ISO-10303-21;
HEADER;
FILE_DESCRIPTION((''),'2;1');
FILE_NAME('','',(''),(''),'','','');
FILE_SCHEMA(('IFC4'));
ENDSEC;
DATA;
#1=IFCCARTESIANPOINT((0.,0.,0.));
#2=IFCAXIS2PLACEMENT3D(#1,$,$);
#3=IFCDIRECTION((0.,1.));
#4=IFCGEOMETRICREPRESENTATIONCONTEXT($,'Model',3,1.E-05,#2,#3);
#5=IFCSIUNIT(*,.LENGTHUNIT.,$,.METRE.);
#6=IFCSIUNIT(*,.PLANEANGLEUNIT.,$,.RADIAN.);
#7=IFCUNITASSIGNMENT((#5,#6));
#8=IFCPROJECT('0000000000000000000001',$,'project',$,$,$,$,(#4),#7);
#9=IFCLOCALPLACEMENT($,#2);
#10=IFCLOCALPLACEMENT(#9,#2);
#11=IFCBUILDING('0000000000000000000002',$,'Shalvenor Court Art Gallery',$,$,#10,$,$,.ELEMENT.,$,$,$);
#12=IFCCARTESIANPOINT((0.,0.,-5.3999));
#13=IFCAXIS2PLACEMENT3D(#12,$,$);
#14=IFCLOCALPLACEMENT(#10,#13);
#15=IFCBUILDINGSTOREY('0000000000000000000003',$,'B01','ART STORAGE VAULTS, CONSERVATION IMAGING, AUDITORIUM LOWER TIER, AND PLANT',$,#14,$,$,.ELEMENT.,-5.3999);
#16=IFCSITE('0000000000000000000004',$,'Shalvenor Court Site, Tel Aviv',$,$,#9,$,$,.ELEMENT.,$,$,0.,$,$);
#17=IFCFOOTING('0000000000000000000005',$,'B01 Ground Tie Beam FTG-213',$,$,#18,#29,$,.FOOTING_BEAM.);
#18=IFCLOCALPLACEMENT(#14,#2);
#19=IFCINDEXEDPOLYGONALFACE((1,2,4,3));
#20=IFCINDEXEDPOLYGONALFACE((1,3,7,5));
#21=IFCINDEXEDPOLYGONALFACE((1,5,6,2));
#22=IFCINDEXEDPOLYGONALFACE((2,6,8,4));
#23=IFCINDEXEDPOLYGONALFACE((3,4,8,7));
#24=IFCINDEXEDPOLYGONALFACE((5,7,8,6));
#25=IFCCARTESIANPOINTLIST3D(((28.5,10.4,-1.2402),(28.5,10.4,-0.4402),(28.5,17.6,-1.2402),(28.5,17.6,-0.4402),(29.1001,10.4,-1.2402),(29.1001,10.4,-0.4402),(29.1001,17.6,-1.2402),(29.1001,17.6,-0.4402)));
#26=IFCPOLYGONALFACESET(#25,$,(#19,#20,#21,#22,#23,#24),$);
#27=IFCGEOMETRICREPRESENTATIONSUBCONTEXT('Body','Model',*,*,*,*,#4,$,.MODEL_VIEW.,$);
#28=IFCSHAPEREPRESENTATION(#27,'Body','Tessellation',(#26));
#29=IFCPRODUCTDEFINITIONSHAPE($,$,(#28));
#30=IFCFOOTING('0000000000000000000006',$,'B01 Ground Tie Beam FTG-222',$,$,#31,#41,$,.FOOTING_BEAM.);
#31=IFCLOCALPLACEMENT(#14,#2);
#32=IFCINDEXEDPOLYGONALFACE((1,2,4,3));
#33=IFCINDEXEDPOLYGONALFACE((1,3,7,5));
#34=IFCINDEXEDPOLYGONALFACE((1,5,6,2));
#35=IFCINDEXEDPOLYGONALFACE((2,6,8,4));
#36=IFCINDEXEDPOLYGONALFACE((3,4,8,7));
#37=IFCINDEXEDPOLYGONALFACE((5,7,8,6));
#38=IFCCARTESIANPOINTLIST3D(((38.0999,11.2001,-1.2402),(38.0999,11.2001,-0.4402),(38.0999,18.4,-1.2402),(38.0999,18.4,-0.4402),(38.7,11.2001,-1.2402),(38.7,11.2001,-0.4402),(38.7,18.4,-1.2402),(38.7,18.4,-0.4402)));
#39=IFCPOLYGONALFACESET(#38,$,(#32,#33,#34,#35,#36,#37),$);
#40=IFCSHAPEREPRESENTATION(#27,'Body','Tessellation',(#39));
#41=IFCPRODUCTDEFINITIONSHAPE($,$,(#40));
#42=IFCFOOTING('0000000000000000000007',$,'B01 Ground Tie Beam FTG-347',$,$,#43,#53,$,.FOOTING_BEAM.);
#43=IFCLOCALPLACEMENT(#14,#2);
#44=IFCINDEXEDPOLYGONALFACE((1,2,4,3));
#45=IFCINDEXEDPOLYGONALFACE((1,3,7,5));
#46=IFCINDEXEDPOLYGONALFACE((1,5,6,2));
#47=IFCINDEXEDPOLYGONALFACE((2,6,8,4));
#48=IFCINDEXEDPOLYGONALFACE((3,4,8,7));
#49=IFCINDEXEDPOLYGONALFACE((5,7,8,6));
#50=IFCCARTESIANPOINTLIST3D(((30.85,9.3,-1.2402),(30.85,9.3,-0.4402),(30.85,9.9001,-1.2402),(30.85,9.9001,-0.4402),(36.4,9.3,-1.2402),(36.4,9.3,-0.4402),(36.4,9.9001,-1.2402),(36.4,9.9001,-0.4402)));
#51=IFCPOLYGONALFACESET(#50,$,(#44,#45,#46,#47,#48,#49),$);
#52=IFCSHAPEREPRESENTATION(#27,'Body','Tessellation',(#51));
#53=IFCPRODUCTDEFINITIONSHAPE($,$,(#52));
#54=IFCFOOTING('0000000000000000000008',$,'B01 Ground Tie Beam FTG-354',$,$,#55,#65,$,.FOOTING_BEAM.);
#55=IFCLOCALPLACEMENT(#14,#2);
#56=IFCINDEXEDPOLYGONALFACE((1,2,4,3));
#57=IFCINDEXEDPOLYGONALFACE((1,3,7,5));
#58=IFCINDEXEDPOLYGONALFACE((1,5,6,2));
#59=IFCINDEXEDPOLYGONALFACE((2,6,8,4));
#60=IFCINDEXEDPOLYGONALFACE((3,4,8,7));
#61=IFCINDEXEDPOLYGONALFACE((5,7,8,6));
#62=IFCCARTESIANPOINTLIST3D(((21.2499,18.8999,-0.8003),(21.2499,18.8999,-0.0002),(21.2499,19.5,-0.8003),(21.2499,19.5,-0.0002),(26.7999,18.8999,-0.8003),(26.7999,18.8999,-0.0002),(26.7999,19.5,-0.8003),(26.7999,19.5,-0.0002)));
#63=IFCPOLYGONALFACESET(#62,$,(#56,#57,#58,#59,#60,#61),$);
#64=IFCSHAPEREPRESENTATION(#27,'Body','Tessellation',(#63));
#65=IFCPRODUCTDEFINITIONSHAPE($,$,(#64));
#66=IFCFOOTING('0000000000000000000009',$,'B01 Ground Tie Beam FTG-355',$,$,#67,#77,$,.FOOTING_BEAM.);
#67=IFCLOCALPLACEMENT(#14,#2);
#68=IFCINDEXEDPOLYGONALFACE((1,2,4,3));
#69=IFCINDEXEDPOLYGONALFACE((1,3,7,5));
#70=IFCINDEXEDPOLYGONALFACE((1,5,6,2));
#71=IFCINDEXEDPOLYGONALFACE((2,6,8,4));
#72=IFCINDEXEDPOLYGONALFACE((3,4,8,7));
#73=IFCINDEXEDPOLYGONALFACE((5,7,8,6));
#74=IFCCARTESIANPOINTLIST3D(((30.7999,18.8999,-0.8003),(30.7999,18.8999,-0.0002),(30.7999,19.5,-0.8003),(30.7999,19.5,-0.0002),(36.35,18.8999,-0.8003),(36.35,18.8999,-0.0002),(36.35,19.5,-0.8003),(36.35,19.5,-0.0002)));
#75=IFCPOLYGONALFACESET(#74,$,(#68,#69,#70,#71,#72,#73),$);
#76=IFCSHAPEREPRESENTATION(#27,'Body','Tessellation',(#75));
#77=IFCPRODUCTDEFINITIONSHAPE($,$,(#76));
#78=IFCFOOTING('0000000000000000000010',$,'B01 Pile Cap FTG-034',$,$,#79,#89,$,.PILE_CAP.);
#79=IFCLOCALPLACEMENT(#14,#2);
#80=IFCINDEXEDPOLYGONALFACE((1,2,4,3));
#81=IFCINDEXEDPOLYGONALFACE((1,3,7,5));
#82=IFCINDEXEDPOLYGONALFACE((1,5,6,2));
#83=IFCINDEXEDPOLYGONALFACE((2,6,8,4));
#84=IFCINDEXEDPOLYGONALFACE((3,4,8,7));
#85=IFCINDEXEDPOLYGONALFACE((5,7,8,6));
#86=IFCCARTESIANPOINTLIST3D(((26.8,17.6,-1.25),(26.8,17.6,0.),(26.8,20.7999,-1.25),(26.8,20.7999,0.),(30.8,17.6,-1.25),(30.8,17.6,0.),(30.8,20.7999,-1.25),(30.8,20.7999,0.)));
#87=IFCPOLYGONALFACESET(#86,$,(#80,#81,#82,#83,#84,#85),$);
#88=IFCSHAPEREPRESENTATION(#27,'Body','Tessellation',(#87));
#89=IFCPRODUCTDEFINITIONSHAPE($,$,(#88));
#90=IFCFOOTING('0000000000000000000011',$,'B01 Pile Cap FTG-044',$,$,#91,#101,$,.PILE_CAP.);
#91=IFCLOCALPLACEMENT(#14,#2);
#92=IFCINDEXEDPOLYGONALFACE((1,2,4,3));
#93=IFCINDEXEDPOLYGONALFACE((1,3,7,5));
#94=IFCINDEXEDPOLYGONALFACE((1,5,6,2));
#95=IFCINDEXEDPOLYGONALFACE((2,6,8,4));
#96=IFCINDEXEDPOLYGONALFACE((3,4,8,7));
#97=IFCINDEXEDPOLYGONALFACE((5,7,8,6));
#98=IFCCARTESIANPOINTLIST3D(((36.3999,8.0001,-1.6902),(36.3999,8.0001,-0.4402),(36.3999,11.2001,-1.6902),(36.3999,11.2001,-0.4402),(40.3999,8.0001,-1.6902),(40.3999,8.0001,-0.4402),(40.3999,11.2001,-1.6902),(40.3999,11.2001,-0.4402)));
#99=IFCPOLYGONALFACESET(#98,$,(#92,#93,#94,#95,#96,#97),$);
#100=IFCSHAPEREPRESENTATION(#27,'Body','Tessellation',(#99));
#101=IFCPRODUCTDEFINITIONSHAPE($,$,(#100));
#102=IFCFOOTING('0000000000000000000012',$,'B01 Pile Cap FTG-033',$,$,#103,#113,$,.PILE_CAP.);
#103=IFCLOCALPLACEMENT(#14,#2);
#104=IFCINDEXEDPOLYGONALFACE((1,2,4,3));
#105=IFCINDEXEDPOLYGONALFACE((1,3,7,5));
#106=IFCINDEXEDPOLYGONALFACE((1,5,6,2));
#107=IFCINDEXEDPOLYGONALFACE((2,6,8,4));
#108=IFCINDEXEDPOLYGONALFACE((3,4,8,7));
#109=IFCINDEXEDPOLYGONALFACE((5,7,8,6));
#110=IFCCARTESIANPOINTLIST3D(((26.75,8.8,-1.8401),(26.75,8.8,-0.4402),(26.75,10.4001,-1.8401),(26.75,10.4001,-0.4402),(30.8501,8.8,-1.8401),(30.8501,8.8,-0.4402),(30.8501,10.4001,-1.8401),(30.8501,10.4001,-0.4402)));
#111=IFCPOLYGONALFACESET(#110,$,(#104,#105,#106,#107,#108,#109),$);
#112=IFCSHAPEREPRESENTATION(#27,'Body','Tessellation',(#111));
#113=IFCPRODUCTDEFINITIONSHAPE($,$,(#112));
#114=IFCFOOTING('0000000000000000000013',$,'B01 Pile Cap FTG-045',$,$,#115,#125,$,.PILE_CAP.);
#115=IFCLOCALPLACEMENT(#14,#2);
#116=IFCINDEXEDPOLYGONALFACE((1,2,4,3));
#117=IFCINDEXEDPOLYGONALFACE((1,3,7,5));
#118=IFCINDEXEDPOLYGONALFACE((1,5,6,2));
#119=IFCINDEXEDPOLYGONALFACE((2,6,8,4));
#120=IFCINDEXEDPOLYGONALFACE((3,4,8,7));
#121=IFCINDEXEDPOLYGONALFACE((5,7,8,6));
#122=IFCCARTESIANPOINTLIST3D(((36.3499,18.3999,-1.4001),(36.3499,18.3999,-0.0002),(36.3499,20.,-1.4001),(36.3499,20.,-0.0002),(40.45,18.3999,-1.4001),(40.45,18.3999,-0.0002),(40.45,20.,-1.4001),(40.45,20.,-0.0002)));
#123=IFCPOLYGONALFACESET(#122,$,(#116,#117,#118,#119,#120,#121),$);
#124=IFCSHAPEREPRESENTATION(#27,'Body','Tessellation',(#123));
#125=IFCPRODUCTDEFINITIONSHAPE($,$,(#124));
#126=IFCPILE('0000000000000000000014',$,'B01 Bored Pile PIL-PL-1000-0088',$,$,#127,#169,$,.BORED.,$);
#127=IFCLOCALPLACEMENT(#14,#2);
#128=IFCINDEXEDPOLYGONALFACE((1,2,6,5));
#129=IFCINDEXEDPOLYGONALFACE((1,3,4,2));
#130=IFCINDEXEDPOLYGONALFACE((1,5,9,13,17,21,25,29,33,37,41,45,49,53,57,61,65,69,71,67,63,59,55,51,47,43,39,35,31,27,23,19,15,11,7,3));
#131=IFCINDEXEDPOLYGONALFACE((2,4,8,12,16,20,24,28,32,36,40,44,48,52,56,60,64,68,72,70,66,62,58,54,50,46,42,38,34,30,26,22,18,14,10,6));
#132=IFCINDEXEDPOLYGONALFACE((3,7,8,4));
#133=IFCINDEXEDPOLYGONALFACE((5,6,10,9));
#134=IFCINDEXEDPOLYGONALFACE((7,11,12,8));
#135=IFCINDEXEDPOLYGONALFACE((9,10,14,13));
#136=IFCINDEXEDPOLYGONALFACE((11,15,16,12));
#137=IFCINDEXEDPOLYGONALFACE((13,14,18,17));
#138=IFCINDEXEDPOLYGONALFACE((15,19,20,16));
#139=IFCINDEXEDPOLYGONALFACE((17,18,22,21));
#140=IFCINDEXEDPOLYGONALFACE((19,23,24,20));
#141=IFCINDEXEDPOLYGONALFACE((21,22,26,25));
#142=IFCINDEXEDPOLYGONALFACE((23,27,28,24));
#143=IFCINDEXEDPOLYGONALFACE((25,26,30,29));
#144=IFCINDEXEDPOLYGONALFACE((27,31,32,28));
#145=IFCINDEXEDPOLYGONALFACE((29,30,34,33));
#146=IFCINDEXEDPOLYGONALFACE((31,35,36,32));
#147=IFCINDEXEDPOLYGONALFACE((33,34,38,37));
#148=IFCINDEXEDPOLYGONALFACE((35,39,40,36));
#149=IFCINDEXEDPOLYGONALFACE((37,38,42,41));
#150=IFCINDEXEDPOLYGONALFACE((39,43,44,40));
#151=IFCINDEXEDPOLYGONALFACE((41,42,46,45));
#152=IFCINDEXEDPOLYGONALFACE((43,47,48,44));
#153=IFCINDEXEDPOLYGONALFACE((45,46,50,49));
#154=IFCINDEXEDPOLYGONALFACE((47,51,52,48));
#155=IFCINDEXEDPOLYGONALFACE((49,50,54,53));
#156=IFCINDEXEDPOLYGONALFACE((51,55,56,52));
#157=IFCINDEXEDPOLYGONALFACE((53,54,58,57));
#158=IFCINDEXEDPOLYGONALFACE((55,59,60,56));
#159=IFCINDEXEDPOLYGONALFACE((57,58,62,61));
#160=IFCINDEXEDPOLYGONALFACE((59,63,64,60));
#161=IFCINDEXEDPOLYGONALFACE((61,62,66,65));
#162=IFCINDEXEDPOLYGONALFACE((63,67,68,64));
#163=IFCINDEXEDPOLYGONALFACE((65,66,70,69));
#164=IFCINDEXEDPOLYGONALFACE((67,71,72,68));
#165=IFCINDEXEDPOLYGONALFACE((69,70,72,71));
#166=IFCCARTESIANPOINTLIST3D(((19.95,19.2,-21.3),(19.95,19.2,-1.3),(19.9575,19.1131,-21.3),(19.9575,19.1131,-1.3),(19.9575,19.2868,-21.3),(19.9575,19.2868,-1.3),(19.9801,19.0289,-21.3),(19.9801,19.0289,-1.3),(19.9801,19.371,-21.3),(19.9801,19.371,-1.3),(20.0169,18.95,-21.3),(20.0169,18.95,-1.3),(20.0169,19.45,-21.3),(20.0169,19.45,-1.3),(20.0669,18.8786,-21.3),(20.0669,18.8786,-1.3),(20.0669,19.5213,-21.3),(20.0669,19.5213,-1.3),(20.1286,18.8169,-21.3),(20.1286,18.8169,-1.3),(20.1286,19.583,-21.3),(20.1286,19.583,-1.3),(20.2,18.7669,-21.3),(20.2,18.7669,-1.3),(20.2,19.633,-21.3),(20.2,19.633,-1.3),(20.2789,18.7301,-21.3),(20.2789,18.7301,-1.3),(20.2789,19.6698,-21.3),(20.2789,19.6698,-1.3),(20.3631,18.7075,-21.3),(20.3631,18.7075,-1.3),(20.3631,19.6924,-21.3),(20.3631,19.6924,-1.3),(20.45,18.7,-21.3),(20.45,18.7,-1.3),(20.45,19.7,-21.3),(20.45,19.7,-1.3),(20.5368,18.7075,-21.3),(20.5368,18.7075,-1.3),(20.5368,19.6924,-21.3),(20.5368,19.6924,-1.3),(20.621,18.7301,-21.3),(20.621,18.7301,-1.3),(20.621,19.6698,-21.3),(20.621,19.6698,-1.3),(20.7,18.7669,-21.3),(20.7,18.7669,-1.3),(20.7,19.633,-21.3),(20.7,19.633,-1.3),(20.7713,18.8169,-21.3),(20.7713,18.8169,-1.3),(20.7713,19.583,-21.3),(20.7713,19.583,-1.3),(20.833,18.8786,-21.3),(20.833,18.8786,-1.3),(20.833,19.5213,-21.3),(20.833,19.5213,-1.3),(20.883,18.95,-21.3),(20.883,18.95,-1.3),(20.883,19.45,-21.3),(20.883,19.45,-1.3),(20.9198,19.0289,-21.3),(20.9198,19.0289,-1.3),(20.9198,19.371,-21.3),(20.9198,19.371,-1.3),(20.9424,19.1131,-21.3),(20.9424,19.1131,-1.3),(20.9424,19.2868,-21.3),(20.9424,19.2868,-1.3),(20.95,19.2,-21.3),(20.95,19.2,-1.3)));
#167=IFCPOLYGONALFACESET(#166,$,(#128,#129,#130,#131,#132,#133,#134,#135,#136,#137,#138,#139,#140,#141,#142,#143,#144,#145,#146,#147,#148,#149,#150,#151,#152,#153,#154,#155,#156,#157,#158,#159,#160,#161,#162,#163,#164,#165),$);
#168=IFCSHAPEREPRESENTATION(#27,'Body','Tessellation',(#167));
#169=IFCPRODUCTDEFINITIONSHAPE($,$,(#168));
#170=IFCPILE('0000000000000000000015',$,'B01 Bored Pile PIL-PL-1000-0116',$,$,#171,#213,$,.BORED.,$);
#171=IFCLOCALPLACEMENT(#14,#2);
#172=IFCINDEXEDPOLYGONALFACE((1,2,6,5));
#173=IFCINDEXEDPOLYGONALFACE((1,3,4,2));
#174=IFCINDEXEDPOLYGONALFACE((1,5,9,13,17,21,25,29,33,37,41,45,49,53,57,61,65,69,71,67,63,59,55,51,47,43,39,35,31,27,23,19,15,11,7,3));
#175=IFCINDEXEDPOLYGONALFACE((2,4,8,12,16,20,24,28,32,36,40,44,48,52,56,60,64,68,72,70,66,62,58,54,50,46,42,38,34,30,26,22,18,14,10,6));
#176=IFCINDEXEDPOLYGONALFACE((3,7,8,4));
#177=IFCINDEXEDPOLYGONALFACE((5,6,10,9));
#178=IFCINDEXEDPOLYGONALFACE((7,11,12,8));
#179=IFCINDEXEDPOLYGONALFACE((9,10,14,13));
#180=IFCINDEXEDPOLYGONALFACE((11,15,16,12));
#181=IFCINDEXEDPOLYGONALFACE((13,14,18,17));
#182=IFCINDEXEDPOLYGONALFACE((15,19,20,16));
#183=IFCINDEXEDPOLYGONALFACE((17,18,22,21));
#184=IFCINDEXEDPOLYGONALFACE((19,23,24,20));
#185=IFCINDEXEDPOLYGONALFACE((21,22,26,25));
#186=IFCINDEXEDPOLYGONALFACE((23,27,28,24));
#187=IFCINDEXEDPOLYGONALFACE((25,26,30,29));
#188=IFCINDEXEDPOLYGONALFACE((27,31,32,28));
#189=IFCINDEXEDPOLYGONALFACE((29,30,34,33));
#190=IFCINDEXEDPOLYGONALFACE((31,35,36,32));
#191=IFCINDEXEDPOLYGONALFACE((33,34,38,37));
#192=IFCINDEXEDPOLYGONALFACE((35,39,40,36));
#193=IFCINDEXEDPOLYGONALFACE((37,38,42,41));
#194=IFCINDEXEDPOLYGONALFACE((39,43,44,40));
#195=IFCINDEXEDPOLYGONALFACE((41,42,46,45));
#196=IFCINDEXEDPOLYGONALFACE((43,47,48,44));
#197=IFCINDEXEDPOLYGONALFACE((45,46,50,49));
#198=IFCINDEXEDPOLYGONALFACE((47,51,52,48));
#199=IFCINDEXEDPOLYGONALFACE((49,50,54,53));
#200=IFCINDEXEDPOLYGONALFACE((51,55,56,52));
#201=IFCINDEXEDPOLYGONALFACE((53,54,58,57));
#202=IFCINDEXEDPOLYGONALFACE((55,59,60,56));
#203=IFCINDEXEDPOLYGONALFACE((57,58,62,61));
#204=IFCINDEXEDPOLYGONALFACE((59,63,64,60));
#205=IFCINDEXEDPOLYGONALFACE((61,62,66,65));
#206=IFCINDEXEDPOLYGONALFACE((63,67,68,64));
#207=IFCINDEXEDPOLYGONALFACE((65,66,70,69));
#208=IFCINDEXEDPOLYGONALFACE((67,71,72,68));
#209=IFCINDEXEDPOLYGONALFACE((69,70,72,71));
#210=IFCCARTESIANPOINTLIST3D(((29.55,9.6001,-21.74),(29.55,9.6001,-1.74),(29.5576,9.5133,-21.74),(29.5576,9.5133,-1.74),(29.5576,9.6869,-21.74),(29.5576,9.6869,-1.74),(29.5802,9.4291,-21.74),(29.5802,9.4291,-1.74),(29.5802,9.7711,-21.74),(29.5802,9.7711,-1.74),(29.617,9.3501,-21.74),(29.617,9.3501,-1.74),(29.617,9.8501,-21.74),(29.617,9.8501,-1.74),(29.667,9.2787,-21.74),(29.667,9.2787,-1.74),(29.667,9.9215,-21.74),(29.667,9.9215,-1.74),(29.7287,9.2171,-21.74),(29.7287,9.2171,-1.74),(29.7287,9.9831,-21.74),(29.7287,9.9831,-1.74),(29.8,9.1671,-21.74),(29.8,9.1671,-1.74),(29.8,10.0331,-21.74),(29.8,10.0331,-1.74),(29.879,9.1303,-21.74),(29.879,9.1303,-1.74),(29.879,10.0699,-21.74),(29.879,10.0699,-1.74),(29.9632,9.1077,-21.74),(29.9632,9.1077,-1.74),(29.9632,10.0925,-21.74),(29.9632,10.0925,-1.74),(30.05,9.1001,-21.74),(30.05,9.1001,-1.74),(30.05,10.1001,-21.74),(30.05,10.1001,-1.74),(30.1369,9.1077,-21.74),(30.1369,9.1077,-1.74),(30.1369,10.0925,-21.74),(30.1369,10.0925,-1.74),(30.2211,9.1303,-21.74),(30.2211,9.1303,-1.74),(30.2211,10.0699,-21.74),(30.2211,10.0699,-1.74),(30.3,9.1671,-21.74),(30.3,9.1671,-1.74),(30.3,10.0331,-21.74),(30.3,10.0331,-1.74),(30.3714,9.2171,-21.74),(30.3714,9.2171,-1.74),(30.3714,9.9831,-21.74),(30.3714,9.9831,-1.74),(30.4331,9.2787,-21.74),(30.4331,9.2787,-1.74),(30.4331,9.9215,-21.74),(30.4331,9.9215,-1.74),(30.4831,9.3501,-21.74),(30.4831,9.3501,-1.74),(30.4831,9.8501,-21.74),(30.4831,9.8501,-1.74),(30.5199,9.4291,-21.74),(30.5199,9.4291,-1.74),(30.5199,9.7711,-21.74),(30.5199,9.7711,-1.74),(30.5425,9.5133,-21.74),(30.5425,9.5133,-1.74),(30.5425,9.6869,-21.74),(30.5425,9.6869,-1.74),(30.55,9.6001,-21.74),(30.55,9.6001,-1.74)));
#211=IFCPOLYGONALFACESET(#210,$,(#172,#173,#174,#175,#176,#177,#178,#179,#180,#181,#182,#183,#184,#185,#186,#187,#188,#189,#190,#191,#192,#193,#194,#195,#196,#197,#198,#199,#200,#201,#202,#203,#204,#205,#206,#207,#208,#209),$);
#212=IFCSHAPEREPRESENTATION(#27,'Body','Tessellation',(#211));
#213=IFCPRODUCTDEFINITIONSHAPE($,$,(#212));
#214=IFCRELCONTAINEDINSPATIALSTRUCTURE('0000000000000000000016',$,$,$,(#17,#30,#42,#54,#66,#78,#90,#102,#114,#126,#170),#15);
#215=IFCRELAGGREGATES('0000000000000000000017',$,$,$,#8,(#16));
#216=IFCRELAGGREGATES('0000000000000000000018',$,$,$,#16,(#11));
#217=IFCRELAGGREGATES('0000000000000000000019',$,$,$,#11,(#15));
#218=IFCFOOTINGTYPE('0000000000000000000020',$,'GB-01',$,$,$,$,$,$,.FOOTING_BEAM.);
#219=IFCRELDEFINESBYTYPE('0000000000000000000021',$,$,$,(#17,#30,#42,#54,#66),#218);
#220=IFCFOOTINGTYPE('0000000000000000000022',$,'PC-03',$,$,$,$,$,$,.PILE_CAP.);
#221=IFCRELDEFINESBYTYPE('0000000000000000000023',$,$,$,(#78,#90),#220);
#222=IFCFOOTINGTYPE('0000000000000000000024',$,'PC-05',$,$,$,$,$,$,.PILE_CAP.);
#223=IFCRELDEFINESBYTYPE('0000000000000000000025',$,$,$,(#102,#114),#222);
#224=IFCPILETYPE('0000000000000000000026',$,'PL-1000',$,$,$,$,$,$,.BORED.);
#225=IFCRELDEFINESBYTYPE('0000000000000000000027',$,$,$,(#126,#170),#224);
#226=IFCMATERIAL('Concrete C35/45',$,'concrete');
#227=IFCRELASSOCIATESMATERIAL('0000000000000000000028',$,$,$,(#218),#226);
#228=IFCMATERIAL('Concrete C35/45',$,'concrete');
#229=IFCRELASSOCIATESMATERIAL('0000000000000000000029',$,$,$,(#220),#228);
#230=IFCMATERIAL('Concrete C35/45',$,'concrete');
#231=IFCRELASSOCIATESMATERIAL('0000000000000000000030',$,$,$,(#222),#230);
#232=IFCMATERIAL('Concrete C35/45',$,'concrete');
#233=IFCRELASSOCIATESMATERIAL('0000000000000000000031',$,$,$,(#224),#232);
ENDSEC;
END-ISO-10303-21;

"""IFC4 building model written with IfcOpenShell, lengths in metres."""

from ifc_helpers import new_model, si_unit, direction, frame, origin, origin_2d, place, context, subcontext, project, spatial, rectangle, circle, extrude, material, material_profile, profile_set, type_object, element, save


model = new_model("IFC4")

# Units and contexts
model_context = context("Model", 3, precision=1e-05, world=origin(), true_north=direction((0.0, 1.0)))
body_context = subcontext(model_context, "Body", "Model", "MODEL_VIEW")
ifc_project = project(units=[si_unit("LENGTHUNIT", "METRE"), si_unit("PLANEANGLEUNIT", "RADIAN")], contexts=[model_context])

# Site, building, storey
site_placement = place(None, origin())
site = spatial("IfcSite", under=ifc_project, at=site_placement, Name="Shalvenor Court Site, Tel Aviv", CompositionType="ELEMENT", RefElevation=0.0)
building_placement = place(site_placement, origin())
building = spatial("IfcBuilding", under=site, at=building_placement, Name="Shalvenor Court Art Gallery", CompositionType="ELEMENT")
storey_placement = place(building_placement, frame((0.0, 0.0, -5.3999)))
storey = spatial("IfcBuildingStorey", under=building, at=storey_placement, Name="B01", Description="ART STORAGE VAULTS, CONSERVATION IMAGING, AUDITORIUM LOWER TIER, AND PLANT", CompositionType="ELEMENT", Elevation=-5.3999)

# Footings
ifc_material_1 = material(Name="Concrete C35/45", Category="concrete")
footing_type_1 = type_object("IfcFootingType", Name="GB-01", PredefinedType="FOOTING_BEAM", material=ifc_material_1)
for number, where, z_axis, x_axis, name in (
    (1, (28.8, 14.0, -1.2402), (0.0, 0.0, 1.0), (0.0, 1.0, 0.0), "B01 Ground Tie Beam FTG-213"),
    (2, (38.3999, 14.8, -1.2402), (0.0, 0.0, 1.0), (0.0, 1.0, 0.0), "B01 Ground Tie Beam FTG-222"),
):
    element("IfcFooting", number, at=place(storey_placement, frame(where, z_axis=z_axis, x_axis=x_axis)), inside=storey, type_object=footing_type_1, Name=name, PredefinedType="FOOTING_BEAM", context=body_context, shape_type="SweptSolid", body=[
        extrude(rectangle(XDim=7.2, YDim=0.6001, at=origin_2d()), origin(), (0.0, 0.0, 1.0), 0.8),
    ])
for number, where, z_axis, x_axis, name in (
    (3, (33.625, 9.6001, -1.2402), (0.0, 0.0, 1.0), (1.0, 0.0, 0.0), "B01 Ground Tie Beam FTG-347"),
    (4, (24.0249, 19.2, -0.8003), (0.0, 0.0, 1.0), (1.0, 0.0, 0.0), "B01 Ground Tie Beam FTG-354"),
    (5, (33.575, 19.2, -0.8003), (0.0, 0.0, 1.0), (1.0, 0.0, 0.0), "B01 Ground Tie Beam FTG-355"),
):
    element("IfcFooting", number, at=place(storey_placement, frame(where, z_axis=z_axis, x_axis=x_axis)), inside=storey, type_object=footing_type_1, Name=name, PredefinedType="FOOTING_BEAM", context=body_context, shape_type="SweptSolid", body=[
        extrude(rectangle(XDim=5.55, YDim=0.6001, at=origin_2d()), origin(), (0.0, 0.0, 1.0), 0.8),
    ])
ifc_material_2 = material(Name="Concrete C35/45", Category="concrete")
footing_type_2 = type_object("IfcFootingType", Name="PC-03", PredefinedType="PILE_CAP", material=ifc_material_2)
for number, where, z_axis, x_axis, name in (
    (6, (28.8, 19.2, -1.25), (0.0, 0.0, 1.0), (1.0, 0.0, 0.0), "B01 Pile Cap FTG-034"),
    (7, (38.3999, 9.6001, -1.6902), (0.0, 0.0, 1.0), (1.0, 0.0, 0.0), "B01 Pile Cap FTG-044"),
):
    element("IfcFooting", number, at=place(storey_placement, frame(where, z_axis=z_axis, x_axis=x_axis)), inside=storey, type_object=footing_type_2, Name=name, PredefinedType="PILE_CAP", context=body_context, shape_type="SweptSolid", body=[
        extrude(rectangle(XDim=4.0, YDim=3.2, at=origin_2d()), origin(), (0.0, 0.0, 1.0), 1.25),
    ])
ifc_material_3 = material(Name="Concrete C35/45", Category="concrete")
footing_type_3 = type_object("IfcFootingType", Name="PC-05", PredefinedType="PILE_CAP", material=ifc_material_3)
for number, where, z_axis, x_axis, name in (
    (8, (28.8, 9.6001, -1.8401), (0.0, 0.0, 1.0), (1.0, 0.0, 0.0), "B01 Pile Cap FTG-033"),
    (9, (38.3999, 19.2, -1.4001), (0.0, 0.0, 1.0), (1.0, 0.0, 0.0), "B01 Pile Cap FTG-045"),
):
    element("IfcFooting", number, at=place(storey_placement, frame(where, z_axis=z_axis, x_axis=x_axis)), inside=storey, type_object=footing_type_3, Name=name, PredefinedType="PILE_CAP", context=body_context, shape_type="SweptSolid", body=[
        extrude(rectangle(XDim=4.1001, YDim=1.6001, at=origin_2d()), origin(), (0.0, 0.0, 1.0), 1.3999),
    ])

# Piles
ifc_material_4 = material(Name="Concrete C35/45", Category="concrete")
ifc_material_profile_1 = material_profile(ifc_material_4, circle(Radius=0.5, at=origin_2d()), Name="PILE 1000")
ifc_profile_set_1 = profile_set([ifc_material_profile_1], Name="Concrete C35/45")
pile_type_1 = type_object("IfcPileType", Name="PL-1000", PredefinedType="BORED", material=ifc_profile_set_1)
for number, where, z_axis, x_axis, name in (
    (10, (20.45, 19.2, -1.3), (0.0, 0.0, -1.0), (1.0, 0.0, 0.0), "B01 Bored Pile PIL-PL-1000-0088"),
    (11, (30.05, 9.6001, -1.74), (0.0, 0.0, -1.0), (1.0, 0.0, 0.0), "B01 Bored Pile PIL-PL-1000-0116"),
):
    element("IfcPile", number, at=place(storey_placement, frame(where, z_axis=z_axis, x_axis=x_axis)), inside=storey, type_object=pile_type_1, Name=name, PredefinedType="BORED", context=body_context, shape_type="SweptSolid", body=[
        extrude(circle(Radius=0.5, at=origin_2d()), origin(), (0.0, 0.0, 1.0), 20.0),
    ])

save(model, "model.ifc")
